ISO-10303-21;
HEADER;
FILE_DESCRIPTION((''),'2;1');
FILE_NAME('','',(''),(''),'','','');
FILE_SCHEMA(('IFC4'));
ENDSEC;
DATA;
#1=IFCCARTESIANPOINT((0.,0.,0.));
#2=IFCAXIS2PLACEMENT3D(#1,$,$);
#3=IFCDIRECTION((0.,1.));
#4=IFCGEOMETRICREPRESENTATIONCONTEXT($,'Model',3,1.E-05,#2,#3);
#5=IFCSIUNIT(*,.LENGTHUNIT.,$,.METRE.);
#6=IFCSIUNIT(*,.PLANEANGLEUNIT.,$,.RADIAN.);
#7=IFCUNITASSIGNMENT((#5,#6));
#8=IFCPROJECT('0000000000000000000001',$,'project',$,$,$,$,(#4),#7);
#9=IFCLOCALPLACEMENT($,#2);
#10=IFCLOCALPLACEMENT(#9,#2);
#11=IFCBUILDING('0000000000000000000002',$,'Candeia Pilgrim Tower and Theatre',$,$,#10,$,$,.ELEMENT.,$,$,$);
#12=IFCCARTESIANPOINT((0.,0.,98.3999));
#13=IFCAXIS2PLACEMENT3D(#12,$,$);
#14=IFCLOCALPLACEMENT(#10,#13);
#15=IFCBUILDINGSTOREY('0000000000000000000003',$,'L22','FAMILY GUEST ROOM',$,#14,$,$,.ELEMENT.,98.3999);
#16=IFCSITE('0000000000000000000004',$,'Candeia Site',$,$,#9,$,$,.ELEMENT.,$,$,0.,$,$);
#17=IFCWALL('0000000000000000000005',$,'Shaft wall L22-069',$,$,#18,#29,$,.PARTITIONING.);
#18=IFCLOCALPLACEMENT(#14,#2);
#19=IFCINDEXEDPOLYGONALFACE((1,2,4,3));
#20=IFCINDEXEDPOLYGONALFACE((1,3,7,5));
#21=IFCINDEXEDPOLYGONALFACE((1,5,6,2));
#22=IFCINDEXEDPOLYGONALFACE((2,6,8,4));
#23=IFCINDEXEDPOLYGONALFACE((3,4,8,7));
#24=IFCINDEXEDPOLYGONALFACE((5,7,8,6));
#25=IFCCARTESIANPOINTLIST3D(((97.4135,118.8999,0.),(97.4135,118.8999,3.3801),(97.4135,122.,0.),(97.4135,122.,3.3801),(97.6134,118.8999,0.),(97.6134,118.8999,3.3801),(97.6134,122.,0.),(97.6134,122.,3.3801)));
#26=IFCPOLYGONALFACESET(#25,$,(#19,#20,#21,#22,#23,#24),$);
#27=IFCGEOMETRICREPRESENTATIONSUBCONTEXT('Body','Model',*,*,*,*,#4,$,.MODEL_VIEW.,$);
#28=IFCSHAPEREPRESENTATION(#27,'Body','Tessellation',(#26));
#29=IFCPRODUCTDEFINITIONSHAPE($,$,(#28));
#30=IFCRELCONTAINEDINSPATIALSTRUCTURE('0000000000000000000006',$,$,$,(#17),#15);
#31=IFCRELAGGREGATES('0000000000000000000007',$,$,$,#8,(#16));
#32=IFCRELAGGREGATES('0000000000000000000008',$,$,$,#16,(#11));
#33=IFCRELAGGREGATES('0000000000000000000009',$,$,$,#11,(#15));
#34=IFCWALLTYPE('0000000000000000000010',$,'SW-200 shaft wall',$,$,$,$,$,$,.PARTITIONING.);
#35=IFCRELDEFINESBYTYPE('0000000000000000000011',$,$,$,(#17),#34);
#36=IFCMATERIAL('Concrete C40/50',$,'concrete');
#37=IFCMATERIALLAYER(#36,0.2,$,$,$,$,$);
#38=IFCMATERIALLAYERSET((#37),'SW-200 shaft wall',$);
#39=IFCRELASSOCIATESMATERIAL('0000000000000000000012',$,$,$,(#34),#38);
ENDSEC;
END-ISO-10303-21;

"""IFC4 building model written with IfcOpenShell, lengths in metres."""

from ifc_helpers import new_model, si_unit, direction, frame, frame_2d, origin, place, context, subcontext, project, spatial, rectangle, extrude, material, layer, layer_set, type_object, element, save


model = new_model("IFC4")

# Units and contexts
model_context = context("Model", 3, precision=1e-05, world=origin(), true_north=direction((0.0, 1.0)))
body_context = subcontext(model_context, "Body", "Model", "MODEL_VIEW")
ifc_project = project(units=[si_unit("LENGTHUNIT", "METRE"), si_unit("PLANEANGLEUNIT", "RADIAN")], contexts=[model_context])

# Site, building, storey
site_placement = place(None, origin())
site = spatial("IfcSite", under=ifc_project, at=site_placement, Name="Candeia Site", CompositionType="ELEMENT", RefElevation=0.0)
building_placement = place(site_placement, origin())
building = spatial("IfcBuilding", under=site, at=building_placement, Name="Candeia Pilgrim Tower and Theatre", CompositionType="ELEMENT")
storey_placement = place(building_placement, frame((0.0, 0.0, 98.3999)))
storey = spatial("IfcBuildingStorey", under=building, at=storey_placement, Name="L22", Description="FAMILY GUEST ROOM", CompositionType="ELEMENT", Elevation=98.3999)

# Wall
ifc_material_1 = material(Name="Concrete C40/50", Category="concrete")
ifc_layer_1 = layer(ifc_material_1, 0.2)
ifc_layer_set_1 = layer_set([ifc_layer_1], Name="SW-200 shaft wall")
wall_type_1 = type_object("IfcWallType", Name="SW-200 shaft wall", PredefinedType="PARTITIONING", material=ifc_layer_set_1)
wall_1_placement = place(storey_placement, frame((97.5134, 118.8999, 0.0), z_axis=(0.0, 0.0, 1.0), x_axis=(0.0, 1.0, 0.0)))
element("IfcWall", 1, at=wall_1_placement, inside=storey, type_object=wall_type_1, Name="Shaft wall L22-069", PredefinedType="PARTITIONING", context=body_context, shape_type="SweptSolid", body=[
    extrude(rectangle(XDim=3.1001, YDim=0.2, at=frame_2d((1.55, 0.0))), origin(), (0.0, 0.0, 1.0), 3.3801),
])

save(model, "model.ifc")
